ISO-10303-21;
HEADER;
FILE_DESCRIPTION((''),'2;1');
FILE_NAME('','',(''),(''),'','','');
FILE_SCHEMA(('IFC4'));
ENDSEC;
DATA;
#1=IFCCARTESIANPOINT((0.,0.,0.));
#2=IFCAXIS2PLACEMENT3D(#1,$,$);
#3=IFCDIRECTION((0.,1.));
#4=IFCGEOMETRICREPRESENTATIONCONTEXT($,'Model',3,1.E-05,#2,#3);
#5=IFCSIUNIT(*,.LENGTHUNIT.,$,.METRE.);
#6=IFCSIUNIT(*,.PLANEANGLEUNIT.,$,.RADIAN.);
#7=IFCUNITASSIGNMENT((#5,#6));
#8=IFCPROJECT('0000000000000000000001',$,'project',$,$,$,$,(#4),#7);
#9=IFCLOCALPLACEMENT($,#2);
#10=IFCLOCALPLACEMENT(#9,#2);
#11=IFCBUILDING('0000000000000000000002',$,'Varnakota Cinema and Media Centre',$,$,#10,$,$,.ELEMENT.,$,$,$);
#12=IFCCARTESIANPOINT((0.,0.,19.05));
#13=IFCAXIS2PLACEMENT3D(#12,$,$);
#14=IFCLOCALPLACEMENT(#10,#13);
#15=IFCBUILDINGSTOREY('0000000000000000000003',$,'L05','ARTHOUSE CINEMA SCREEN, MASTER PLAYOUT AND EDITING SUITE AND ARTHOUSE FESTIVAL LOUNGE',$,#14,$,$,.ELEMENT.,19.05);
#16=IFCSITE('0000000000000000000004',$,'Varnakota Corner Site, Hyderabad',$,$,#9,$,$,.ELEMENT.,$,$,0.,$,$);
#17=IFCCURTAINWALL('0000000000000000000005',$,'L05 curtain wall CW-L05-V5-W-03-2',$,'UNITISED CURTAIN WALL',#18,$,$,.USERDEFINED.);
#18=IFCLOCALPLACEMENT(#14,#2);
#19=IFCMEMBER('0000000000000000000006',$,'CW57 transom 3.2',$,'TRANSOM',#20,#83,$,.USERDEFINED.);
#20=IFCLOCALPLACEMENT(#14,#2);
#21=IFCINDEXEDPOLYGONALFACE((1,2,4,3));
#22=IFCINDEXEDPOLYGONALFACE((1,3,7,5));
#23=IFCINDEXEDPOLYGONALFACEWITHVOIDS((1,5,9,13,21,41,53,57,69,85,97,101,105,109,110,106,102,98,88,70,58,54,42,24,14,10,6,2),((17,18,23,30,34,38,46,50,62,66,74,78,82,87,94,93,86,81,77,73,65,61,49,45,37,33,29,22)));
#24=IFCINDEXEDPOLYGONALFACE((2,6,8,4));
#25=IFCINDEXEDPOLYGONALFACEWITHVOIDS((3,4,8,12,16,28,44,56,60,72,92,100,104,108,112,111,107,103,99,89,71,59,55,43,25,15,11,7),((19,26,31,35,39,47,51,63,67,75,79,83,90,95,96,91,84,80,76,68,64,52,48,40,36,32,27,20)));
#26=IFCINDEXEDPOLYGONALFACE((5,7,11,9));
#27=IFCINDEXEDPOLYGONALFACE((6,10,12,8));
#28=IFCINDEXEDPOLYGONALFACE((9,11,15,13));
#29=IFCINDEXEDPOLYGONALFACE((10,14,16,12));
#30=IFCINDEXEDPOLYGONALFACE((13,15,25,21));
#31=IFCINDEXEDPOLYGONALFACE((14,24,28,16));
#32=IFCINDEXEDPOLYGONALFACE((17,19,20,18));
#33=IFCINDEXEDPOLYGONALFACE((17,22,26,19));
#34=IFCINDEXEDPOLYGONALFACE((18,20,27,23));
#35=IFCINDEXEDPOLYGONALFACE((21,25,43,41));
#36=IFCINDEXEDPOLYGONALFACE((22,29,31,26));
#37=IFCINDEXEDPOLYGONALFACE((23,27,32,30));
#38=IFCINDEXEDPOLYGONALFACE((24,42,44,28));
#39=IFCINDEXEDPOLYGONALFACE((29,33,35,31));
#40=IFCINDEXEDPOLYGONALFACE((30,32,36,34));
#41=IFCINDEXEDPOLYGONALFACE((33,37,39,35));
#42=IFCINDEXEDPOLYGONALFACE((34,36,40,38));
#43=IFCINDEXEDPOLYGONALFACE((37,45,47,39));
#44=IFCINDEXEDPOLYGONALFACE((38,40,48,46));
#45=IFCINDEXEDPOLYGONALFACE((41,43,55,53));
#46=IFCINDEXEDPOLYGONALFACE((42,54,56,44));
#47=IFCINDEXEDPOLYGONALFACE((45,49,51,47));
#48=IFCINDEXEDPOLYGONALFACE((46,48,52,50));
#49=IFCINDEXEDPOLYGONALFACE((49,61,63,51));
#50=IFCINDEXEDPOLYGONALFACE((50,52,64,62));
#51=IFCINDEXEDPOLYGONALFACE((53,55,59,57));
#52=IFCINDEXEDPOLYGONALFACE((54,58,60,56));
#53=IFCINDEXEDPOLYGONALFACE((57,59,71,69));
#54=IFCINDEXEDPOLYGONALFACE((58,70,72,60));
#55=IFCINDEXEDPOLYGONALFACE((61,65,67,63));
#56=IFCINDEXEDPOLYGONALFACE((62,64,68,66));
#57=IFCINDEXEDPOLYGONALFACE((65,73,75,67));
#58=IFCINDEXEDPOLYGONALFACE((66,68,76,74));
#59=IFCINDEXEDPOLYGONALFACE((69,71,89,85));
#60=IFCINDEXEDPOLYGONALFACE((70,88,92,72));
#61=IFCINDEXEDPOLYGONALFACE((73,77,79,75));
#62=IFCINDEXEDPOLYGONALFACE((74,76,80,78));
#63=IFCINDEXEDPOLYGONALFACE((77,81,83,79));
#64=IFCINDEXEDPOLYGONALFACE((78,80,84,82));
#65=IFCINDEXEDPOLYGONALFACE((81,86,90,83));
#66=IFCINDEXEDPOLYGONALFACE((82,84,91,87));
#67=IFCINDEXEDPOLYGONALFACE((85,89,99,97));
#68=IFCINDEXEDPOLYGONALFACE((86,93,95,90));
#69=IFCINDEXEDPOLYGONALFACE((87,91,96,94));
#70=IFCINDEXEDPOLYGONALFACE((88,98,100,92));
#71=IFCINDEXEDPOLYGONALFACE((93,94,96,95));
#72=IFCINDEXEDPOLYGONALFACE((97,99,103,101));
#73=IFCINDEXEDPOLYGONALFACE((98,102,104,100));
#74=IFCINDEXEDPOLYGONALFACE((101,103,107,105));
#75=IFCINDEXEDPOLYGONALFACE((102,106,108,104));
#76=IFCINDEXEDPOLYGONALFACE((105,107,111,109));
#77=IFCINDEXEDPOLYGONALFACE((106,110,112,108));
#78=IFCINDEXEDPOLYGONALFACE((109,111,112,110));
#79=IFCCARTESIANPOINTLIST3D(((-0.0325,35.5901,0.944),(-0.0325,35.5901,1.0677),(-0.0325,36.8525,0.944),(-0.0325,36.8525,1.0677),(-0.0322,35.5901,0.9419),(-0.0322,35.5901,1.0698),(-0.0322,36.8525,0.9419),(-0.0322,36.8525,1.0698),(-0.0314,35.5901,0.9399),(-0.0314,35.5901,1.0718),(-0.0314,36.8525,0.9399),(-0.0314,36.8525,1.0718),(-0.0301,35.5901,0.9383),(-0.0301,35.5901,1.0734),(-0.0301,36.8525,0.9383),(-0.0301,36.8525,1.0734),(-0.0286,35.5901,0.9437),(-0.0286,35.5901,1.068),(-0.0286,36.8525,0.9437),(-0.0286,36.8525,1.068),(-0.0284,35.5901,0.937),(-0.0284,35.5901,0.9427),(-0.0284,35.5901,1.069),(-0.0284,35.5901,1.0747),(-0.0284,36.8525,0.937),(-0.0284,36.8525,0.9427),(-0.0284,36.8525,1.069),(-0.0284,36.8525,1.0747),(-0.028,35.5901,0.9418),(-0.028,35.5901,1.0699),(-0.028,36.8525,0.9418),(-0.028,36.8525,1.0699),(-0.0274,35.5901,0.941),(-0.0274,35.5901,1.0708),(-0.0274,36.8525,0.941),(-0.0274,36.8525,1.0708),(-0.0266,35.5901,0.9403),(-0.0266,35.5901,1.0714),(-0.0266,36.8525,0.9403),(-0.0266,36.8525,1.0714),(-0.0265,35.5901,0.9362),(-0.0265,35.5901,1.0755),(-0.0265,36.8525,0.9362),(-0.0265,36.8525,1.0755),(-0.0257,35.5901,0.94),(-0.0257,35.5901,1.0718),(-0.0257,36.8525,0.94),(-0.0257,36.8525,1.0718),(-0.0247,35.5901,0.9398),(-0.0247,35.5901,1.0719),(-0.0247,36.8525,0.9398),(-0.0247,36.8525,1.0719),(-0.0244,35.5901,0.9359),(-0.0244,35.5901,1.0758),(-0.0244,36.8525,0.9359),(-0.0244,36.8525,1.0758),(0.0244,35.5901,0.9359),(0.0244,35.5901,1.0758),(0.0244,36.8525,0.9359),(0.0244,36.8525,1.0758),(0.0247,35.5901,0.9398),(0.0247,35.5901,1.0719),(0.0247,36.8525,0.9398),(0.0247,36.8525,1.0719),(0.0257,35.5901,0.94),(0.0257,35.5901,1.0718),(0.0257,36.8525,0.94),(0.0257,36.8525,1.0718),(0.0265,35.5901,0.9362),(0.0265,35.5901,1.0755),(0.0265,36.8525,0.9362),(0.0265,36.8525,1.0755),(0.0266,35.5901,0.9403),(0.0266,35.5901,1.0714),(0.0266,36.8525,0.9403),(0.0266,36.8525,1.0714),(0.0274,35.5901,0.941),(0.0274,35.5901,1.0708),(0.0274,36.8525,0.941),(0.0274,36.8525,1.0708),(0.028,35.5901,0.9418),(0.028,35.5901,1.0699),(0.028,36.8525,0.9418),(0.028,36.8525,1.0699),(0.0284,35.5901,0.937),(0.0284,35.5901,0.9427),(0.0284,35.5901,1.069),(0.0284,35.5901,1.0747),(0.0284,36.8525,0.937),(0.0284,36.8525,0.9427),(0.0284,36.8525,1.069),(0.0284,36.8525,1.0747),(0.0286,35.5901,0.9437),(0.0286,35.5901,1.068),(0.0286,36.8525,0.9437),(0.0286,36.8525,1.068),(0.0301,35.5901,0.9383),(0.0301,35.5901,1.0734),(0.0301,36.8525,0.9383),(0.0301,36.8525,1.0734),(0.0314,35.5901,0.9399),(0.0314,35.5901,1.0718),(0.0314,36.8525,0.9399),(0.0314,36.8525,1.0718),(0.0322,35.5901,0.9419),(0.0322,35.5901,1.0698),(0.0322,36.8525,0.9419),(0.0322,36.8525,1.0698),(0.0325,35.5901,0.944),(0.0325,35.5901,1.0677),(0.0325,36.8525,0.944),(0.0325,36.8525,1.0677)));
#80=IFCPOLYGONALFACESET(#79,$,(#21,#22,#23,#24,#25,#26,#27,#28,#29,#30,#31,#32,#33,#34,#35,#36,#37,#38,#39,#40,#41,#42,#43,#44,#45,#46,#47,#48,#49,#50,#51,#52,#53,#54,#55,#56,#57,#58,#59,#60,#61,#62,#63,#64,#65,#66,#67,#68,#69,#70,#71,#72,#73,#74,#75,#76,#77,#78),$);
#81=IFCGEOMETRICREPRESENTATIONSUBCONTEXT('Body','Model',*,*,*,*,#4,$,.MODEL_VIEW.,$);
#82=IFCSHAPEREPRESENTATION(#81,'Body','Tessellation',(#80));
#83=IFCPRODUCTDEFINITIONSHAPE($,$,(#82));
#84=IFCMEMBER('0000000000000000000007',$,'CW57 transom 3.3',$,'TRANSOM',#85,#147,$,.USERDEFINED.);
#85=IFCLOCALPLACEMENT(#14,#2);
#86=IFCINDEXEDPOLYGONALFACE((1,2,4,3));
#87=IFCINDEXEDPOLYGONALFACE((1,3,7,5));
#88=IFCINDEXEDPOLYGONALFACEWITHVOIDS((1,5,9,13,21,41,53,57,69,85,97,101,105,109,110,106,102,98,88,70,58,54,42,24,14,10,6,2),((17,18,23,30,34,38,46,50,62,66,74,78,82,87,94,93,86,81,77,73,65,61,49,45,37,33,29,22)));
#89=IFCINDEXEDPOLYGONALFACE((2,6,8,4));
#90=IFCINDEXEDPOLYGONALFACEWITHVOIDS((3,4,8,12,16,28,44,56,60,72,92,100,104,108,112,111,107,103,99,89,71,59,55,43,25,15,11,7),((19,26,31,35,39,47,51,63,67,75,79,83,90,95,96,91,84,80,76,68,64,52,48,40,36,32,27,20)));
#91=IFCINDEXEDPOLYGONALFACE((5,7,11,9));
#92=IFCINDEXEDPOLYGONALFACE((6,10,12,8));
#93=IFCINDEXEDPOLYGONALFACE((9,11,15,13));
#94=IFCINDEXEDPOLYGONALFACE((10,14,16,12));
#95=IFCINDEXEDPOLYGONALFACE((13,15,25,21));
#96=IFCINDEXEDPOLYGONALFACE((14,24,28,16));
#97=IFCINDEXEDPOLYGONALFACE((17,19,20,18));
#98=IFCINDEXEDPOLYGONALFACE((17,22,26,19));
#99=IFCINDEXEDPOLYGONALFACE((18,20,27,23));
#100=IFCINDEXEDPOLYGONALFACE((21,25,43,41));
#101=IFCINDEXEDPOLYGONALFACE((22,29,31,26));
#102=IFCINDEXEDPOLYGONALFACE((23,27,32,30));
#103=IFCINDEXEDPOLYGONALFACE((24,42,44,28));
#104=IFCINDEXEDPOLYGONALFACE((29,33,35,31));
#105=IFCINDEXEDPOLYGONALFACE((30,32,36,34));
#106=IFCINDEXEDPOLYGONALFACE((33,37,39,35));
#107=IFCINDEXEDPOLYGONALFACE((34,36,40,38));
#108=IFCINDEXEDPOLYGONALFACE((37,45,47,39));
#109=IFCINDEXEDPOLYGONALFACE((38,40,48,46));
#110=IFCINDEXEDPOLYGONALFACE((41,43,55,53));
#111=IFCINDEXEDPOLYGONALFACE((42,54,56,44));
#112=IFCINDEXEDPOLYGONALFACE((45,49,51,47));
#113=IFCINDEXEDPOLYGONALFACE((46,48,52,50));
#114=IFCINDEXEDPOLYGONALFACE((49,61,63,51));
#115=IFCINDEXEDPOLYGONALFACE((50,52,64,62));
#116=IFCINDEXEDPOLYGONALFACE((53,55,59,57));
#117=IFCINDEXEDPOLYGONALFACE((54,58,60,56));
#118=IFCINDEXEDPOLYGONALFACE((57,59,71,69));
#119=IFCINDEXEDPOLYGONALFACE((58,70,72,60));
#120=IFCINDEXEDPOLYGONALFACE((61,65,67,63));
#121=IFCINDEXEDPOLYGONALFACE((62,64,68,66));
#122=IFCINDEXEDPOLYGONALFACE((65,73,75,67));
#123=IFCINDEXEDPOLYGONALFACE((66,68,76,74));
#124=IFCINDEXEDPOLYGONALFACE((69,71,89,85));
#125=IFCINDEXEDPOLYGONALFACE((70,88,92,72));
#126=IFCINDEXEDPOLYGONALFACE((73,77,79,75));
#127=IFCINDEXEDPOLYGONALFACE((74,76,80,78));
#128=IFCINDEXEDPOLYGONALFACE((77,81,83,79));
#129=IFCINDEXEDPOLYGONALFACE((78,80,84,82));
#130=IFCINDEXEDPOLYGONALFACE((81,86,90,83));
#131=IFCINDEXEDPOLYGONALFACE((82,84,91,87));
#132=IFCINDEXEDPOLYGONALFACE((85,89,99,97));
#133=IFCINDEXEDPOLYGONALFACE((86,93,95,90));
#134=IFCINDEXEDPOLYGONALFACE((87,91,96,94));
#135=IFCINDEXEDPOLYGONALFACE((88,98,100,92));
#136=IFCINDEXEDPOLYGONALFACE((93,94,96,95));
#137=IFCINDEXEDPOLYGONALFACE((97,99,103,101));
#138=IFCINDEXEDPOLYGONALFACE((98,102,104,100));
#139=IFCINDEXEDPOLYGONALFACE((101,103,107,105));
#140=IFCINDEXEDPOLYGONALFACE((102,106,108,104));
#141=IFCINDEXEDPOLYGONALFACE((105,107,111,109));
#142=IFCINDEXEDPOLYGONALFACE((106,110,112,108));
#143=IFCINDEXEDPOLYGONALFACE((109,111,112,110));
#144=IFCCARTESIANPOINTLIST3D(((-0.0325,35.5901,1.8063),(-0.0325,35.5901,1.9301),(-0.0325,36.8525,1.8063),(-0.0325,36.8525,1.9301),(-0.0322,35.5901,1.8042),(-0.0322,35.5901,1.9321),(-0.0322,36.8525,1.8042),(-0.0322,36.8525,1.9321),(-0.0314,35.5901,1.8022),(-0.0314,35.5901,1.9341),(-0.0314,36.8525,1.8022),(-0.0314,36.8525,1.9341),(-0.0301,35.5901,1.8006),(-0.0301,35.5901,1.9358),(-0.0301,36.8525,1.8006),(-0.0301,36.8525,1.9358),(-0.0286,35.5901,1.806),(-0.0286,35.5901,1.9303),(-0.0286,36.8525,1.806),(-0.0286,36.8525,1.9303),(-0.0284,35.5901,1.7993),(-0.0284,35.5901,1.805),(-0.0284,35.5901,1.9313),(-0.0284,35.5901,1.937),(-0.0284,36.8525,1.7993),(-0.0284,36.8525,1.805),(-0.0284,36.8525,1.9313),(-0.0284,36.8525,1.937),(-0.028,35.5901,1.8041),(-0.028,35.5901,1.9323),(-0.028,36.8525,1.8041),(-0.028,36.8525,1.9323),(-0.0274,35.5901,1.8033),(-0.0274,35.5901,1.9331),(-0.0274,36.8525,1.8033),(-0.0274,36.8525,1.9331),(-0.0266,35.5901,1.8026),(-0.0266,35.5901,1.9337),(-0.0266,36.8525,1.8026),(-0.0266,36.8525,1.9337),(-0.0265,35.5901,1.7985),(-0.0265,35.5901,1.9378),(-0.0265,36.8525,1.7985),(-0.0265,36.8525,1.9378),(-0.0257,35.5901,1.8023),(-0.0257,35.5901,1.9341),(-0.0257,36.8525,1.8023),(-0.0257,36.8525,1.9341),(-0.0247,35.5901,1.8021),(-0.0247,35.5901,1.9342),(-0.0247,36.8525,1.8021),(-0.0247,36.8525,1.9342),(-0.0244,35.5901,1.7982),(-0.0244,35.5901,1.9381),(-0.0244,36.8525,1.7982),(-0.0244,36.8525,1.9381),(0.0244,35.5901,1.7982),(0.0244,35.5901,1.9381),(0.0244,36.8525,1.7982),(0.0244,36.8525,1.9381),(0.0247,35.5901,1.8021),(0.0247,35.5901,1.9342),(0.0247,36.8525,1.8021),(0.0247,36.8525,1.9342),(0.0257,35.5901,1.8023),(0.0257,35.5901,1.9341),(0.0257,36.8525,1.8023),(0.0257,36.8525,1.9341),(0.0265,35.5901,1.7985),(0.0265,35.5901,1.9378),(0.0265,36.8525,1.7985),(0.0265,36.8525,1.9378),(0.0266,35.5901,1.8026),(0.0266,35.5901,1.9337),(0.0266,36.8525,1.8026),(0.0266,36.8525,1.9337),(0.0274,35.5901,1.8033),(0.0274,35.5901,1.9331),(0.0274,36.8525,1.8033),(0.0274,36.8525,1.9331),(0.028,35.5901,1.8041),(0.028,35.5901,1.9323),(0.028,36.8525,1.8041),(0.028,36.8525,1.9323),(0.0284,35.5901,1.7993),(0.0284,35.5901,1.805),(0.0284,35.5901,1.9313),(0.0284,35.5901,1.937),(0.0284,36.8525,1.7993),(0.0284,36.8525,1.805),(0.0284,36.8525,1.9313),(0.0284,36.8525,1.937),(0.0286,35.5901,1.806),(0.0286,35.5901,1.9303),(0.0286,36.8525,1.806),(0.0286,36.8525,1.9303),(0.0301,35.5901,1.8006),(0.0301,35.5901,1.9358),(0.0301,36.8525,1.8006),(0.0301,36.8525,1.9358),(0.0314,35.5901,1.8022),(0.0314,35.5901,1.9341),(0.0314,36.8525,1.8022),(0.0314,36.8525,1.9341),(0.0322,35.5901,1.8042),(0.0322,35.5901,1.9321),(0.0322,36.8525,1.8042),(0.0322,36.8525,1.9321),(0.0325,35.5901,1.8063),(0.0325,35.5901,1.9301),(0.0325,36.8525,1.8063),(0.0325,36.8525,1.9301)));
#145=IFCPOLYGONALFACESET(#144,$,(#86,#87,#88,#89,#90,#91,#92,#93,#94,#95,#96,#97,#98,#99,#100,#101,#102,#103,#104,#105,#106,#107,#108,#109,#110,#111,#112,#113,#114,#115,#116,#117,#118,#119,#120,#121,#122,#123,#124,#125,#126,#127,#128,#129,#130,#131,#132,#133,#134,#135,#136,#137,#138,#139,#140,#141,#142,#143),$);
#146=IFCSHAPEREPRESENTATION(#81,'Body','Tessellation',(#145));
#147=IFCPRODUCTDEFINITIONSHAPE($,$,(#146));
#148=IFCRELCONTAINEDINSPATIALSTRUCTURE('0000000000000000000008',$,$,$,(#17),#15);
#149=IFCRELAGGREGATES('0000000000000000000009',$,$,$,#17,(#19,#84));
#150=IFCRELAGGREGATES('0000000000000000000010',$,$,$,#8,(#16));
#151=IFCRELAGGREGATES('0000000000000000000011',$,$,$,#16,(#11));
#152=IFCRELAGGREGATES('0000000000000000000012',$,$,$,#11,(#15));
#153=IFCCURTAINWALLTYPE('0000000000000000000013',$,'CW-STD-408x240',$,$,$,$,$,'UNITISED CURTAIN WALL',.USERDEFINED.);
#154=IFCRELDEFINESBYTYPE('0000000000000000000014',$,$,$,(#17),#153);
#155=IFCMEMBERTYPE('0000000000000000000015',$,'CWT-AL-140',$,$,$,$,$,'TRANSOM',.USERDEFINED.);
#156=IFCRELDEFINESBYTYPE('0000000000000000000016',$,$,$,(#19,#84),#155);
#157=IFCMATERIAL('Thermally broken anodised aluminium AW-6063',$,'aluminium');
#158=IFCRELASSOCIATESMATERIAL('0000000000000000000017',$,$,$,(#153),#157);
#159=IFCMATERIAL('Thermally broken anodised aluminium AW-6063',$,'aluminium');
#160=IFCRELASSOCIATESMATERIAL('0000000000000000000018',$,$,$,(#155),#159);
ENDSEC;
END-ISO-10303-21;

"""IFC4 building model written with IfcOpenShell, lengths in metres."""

from ifc_helpers import new_model, si_unit, direction, frame, origin, origin_2d, place, context, subcontext, project, spatial, hollow_rectangle, extrude, material, material_profile, profile_set, type_object, element, aggregate, save


model = new_model("IFC4")

# Units and contexts
model_context = context("Model", 3, precision=1e-05, world=origin(), true_north=direction((0.0, 1.0)))
body_context = subcontext(model_context, "Body", "Model", "MODEL_VIEW")
ifc_project = project(units=[si_unit("LENGTHUNIT", "METRE"), si_unit("PLANEANGLEUNIT", "RADIAN")], contexts=[model_context])

# Site, building, storey
site_placement = place(None, origin())
site = spatial("IfcSite", under=ifc_project, at=site_placement, Name="Varnakota Corner Site, Hyderabad", CompositionType="ELEMENT", RefElevation=0.0)
building_placement = place(site_placement, origin())
building = spatial("IfcBuilding", under=site, at=building_placement, Name="Varnakota Cinema and Media Centre", CompositionType="ELEMENT")
storey_placement = place(building_placement, frame((0.0, 0.0, 19.05)))
storey = spatial("IfcBuildingStorey", under=building, at=storey_placement, Name="L05", Description="ARTHOUSE CINEMA SCREEN, MASTER PLAYOUT AND EDITING SUITE AND ARTHOUSE FESTIVAL LOUNGE", CompositionType="ELEMENT", Elevation=19.05)

# Curtain wall, members
ifc_material_1 = material(Name="Thermally broken anodised aluminium AW-6063", Category="aluminium")
curtain_wall_type = type_object("IfcCurtainWallType", Name="CW-STD-408x240", ElementType="UNITISED CURTAIN WALL", PredefinedType="USERDEFINED", material=ifc_material_1)
curtain_wall_placement = place(storey_placement, origin())
curtain_wall = element("IfcCurtainWall", 1, at=curtain_wall_placement, inside=storey, type_object=curtain_wall_type, Name="L05 curtain wall CW-L05-V5-W-03-2", ObjectType="UNITISED CURTAIN WALL", PredefinedType="USERDEFINED")
ifc_material_2 = material(Name="Thermally broken anodised aluminium AW-6063", Category="aluminium")
ifc_material_profile_1 = material_profile(ifc_material_2, hollow_rectangle(XDim=0.0649, YDim=0.1399, WallThickness=0.0039, InnerFilletRadius=0.0039, OuterFilletRadius=0.0081, at=origin_2d()), Name="AL-TRANSOM 140x65x4")
ifc_profile_set_1 = profile_set([ifc_material_profile_1], Name="Thermally broken anodised aluminium AW-6063")
member_type_1 = type_object("IfcMemberType", Name="CWT-AL-140", ElementType="TRANSOM", PredefinedType="USERDEFINED", material=ifc_profile_set_1)
member_1_placement = place(storey_placement, frame((0.0, 36.8525, 1.0059), z_axis=(0.0, -1.0, 0.0), x_axis=(1.0, 0.0, 0.0)))
member_1 = element("IfcMember", 2, at=member_1_placement, type_object=member_type_1, Name="CW57 transom 3.2", ObjectType="TRANSOM", PredefinedType="USERDEFINED", context=body_context, shape_type="SweptSolid", body=[
    extrude(hollow_rectangle(XDim=0.0649, YDim=0.1399, WallThickness=0.0039, InnerFilletRadius=0.0039, OuterFilletRadius=0.0081, at=origin_2d()), origin(), (0.0, 0.0, 1.0), 1.2625),
])
member_2_placement = place(storey_placement, frame((0.0, 36.8525, 1.8682), z_axis=(0.0, -1.0, 0.0), x_axis=(1.0, 0.0, 0.0)))
member_2 = element("IfcMember", 3, at=member_2_placement, type_object=member_type_1, Name="CW57 transom 3.3", ObjectType="TRANSOM", PredefinedType="USERDEFINED", context=body_context, shape_type="SweptSolid", body=[
    extrude(hollow_rectangle(XDim=0.0649, YDim=0.1399, WallThickness=0.0039, InnerFilletRadius=0.0039, OuterFilletRadius=0.0081, at=origin_2d()), origin(), (0.0, 0.0, 1.0), 1.2625),
])
aggregate(curtain_wall, [member_1, member_2])

save(model, "model.ifc")
